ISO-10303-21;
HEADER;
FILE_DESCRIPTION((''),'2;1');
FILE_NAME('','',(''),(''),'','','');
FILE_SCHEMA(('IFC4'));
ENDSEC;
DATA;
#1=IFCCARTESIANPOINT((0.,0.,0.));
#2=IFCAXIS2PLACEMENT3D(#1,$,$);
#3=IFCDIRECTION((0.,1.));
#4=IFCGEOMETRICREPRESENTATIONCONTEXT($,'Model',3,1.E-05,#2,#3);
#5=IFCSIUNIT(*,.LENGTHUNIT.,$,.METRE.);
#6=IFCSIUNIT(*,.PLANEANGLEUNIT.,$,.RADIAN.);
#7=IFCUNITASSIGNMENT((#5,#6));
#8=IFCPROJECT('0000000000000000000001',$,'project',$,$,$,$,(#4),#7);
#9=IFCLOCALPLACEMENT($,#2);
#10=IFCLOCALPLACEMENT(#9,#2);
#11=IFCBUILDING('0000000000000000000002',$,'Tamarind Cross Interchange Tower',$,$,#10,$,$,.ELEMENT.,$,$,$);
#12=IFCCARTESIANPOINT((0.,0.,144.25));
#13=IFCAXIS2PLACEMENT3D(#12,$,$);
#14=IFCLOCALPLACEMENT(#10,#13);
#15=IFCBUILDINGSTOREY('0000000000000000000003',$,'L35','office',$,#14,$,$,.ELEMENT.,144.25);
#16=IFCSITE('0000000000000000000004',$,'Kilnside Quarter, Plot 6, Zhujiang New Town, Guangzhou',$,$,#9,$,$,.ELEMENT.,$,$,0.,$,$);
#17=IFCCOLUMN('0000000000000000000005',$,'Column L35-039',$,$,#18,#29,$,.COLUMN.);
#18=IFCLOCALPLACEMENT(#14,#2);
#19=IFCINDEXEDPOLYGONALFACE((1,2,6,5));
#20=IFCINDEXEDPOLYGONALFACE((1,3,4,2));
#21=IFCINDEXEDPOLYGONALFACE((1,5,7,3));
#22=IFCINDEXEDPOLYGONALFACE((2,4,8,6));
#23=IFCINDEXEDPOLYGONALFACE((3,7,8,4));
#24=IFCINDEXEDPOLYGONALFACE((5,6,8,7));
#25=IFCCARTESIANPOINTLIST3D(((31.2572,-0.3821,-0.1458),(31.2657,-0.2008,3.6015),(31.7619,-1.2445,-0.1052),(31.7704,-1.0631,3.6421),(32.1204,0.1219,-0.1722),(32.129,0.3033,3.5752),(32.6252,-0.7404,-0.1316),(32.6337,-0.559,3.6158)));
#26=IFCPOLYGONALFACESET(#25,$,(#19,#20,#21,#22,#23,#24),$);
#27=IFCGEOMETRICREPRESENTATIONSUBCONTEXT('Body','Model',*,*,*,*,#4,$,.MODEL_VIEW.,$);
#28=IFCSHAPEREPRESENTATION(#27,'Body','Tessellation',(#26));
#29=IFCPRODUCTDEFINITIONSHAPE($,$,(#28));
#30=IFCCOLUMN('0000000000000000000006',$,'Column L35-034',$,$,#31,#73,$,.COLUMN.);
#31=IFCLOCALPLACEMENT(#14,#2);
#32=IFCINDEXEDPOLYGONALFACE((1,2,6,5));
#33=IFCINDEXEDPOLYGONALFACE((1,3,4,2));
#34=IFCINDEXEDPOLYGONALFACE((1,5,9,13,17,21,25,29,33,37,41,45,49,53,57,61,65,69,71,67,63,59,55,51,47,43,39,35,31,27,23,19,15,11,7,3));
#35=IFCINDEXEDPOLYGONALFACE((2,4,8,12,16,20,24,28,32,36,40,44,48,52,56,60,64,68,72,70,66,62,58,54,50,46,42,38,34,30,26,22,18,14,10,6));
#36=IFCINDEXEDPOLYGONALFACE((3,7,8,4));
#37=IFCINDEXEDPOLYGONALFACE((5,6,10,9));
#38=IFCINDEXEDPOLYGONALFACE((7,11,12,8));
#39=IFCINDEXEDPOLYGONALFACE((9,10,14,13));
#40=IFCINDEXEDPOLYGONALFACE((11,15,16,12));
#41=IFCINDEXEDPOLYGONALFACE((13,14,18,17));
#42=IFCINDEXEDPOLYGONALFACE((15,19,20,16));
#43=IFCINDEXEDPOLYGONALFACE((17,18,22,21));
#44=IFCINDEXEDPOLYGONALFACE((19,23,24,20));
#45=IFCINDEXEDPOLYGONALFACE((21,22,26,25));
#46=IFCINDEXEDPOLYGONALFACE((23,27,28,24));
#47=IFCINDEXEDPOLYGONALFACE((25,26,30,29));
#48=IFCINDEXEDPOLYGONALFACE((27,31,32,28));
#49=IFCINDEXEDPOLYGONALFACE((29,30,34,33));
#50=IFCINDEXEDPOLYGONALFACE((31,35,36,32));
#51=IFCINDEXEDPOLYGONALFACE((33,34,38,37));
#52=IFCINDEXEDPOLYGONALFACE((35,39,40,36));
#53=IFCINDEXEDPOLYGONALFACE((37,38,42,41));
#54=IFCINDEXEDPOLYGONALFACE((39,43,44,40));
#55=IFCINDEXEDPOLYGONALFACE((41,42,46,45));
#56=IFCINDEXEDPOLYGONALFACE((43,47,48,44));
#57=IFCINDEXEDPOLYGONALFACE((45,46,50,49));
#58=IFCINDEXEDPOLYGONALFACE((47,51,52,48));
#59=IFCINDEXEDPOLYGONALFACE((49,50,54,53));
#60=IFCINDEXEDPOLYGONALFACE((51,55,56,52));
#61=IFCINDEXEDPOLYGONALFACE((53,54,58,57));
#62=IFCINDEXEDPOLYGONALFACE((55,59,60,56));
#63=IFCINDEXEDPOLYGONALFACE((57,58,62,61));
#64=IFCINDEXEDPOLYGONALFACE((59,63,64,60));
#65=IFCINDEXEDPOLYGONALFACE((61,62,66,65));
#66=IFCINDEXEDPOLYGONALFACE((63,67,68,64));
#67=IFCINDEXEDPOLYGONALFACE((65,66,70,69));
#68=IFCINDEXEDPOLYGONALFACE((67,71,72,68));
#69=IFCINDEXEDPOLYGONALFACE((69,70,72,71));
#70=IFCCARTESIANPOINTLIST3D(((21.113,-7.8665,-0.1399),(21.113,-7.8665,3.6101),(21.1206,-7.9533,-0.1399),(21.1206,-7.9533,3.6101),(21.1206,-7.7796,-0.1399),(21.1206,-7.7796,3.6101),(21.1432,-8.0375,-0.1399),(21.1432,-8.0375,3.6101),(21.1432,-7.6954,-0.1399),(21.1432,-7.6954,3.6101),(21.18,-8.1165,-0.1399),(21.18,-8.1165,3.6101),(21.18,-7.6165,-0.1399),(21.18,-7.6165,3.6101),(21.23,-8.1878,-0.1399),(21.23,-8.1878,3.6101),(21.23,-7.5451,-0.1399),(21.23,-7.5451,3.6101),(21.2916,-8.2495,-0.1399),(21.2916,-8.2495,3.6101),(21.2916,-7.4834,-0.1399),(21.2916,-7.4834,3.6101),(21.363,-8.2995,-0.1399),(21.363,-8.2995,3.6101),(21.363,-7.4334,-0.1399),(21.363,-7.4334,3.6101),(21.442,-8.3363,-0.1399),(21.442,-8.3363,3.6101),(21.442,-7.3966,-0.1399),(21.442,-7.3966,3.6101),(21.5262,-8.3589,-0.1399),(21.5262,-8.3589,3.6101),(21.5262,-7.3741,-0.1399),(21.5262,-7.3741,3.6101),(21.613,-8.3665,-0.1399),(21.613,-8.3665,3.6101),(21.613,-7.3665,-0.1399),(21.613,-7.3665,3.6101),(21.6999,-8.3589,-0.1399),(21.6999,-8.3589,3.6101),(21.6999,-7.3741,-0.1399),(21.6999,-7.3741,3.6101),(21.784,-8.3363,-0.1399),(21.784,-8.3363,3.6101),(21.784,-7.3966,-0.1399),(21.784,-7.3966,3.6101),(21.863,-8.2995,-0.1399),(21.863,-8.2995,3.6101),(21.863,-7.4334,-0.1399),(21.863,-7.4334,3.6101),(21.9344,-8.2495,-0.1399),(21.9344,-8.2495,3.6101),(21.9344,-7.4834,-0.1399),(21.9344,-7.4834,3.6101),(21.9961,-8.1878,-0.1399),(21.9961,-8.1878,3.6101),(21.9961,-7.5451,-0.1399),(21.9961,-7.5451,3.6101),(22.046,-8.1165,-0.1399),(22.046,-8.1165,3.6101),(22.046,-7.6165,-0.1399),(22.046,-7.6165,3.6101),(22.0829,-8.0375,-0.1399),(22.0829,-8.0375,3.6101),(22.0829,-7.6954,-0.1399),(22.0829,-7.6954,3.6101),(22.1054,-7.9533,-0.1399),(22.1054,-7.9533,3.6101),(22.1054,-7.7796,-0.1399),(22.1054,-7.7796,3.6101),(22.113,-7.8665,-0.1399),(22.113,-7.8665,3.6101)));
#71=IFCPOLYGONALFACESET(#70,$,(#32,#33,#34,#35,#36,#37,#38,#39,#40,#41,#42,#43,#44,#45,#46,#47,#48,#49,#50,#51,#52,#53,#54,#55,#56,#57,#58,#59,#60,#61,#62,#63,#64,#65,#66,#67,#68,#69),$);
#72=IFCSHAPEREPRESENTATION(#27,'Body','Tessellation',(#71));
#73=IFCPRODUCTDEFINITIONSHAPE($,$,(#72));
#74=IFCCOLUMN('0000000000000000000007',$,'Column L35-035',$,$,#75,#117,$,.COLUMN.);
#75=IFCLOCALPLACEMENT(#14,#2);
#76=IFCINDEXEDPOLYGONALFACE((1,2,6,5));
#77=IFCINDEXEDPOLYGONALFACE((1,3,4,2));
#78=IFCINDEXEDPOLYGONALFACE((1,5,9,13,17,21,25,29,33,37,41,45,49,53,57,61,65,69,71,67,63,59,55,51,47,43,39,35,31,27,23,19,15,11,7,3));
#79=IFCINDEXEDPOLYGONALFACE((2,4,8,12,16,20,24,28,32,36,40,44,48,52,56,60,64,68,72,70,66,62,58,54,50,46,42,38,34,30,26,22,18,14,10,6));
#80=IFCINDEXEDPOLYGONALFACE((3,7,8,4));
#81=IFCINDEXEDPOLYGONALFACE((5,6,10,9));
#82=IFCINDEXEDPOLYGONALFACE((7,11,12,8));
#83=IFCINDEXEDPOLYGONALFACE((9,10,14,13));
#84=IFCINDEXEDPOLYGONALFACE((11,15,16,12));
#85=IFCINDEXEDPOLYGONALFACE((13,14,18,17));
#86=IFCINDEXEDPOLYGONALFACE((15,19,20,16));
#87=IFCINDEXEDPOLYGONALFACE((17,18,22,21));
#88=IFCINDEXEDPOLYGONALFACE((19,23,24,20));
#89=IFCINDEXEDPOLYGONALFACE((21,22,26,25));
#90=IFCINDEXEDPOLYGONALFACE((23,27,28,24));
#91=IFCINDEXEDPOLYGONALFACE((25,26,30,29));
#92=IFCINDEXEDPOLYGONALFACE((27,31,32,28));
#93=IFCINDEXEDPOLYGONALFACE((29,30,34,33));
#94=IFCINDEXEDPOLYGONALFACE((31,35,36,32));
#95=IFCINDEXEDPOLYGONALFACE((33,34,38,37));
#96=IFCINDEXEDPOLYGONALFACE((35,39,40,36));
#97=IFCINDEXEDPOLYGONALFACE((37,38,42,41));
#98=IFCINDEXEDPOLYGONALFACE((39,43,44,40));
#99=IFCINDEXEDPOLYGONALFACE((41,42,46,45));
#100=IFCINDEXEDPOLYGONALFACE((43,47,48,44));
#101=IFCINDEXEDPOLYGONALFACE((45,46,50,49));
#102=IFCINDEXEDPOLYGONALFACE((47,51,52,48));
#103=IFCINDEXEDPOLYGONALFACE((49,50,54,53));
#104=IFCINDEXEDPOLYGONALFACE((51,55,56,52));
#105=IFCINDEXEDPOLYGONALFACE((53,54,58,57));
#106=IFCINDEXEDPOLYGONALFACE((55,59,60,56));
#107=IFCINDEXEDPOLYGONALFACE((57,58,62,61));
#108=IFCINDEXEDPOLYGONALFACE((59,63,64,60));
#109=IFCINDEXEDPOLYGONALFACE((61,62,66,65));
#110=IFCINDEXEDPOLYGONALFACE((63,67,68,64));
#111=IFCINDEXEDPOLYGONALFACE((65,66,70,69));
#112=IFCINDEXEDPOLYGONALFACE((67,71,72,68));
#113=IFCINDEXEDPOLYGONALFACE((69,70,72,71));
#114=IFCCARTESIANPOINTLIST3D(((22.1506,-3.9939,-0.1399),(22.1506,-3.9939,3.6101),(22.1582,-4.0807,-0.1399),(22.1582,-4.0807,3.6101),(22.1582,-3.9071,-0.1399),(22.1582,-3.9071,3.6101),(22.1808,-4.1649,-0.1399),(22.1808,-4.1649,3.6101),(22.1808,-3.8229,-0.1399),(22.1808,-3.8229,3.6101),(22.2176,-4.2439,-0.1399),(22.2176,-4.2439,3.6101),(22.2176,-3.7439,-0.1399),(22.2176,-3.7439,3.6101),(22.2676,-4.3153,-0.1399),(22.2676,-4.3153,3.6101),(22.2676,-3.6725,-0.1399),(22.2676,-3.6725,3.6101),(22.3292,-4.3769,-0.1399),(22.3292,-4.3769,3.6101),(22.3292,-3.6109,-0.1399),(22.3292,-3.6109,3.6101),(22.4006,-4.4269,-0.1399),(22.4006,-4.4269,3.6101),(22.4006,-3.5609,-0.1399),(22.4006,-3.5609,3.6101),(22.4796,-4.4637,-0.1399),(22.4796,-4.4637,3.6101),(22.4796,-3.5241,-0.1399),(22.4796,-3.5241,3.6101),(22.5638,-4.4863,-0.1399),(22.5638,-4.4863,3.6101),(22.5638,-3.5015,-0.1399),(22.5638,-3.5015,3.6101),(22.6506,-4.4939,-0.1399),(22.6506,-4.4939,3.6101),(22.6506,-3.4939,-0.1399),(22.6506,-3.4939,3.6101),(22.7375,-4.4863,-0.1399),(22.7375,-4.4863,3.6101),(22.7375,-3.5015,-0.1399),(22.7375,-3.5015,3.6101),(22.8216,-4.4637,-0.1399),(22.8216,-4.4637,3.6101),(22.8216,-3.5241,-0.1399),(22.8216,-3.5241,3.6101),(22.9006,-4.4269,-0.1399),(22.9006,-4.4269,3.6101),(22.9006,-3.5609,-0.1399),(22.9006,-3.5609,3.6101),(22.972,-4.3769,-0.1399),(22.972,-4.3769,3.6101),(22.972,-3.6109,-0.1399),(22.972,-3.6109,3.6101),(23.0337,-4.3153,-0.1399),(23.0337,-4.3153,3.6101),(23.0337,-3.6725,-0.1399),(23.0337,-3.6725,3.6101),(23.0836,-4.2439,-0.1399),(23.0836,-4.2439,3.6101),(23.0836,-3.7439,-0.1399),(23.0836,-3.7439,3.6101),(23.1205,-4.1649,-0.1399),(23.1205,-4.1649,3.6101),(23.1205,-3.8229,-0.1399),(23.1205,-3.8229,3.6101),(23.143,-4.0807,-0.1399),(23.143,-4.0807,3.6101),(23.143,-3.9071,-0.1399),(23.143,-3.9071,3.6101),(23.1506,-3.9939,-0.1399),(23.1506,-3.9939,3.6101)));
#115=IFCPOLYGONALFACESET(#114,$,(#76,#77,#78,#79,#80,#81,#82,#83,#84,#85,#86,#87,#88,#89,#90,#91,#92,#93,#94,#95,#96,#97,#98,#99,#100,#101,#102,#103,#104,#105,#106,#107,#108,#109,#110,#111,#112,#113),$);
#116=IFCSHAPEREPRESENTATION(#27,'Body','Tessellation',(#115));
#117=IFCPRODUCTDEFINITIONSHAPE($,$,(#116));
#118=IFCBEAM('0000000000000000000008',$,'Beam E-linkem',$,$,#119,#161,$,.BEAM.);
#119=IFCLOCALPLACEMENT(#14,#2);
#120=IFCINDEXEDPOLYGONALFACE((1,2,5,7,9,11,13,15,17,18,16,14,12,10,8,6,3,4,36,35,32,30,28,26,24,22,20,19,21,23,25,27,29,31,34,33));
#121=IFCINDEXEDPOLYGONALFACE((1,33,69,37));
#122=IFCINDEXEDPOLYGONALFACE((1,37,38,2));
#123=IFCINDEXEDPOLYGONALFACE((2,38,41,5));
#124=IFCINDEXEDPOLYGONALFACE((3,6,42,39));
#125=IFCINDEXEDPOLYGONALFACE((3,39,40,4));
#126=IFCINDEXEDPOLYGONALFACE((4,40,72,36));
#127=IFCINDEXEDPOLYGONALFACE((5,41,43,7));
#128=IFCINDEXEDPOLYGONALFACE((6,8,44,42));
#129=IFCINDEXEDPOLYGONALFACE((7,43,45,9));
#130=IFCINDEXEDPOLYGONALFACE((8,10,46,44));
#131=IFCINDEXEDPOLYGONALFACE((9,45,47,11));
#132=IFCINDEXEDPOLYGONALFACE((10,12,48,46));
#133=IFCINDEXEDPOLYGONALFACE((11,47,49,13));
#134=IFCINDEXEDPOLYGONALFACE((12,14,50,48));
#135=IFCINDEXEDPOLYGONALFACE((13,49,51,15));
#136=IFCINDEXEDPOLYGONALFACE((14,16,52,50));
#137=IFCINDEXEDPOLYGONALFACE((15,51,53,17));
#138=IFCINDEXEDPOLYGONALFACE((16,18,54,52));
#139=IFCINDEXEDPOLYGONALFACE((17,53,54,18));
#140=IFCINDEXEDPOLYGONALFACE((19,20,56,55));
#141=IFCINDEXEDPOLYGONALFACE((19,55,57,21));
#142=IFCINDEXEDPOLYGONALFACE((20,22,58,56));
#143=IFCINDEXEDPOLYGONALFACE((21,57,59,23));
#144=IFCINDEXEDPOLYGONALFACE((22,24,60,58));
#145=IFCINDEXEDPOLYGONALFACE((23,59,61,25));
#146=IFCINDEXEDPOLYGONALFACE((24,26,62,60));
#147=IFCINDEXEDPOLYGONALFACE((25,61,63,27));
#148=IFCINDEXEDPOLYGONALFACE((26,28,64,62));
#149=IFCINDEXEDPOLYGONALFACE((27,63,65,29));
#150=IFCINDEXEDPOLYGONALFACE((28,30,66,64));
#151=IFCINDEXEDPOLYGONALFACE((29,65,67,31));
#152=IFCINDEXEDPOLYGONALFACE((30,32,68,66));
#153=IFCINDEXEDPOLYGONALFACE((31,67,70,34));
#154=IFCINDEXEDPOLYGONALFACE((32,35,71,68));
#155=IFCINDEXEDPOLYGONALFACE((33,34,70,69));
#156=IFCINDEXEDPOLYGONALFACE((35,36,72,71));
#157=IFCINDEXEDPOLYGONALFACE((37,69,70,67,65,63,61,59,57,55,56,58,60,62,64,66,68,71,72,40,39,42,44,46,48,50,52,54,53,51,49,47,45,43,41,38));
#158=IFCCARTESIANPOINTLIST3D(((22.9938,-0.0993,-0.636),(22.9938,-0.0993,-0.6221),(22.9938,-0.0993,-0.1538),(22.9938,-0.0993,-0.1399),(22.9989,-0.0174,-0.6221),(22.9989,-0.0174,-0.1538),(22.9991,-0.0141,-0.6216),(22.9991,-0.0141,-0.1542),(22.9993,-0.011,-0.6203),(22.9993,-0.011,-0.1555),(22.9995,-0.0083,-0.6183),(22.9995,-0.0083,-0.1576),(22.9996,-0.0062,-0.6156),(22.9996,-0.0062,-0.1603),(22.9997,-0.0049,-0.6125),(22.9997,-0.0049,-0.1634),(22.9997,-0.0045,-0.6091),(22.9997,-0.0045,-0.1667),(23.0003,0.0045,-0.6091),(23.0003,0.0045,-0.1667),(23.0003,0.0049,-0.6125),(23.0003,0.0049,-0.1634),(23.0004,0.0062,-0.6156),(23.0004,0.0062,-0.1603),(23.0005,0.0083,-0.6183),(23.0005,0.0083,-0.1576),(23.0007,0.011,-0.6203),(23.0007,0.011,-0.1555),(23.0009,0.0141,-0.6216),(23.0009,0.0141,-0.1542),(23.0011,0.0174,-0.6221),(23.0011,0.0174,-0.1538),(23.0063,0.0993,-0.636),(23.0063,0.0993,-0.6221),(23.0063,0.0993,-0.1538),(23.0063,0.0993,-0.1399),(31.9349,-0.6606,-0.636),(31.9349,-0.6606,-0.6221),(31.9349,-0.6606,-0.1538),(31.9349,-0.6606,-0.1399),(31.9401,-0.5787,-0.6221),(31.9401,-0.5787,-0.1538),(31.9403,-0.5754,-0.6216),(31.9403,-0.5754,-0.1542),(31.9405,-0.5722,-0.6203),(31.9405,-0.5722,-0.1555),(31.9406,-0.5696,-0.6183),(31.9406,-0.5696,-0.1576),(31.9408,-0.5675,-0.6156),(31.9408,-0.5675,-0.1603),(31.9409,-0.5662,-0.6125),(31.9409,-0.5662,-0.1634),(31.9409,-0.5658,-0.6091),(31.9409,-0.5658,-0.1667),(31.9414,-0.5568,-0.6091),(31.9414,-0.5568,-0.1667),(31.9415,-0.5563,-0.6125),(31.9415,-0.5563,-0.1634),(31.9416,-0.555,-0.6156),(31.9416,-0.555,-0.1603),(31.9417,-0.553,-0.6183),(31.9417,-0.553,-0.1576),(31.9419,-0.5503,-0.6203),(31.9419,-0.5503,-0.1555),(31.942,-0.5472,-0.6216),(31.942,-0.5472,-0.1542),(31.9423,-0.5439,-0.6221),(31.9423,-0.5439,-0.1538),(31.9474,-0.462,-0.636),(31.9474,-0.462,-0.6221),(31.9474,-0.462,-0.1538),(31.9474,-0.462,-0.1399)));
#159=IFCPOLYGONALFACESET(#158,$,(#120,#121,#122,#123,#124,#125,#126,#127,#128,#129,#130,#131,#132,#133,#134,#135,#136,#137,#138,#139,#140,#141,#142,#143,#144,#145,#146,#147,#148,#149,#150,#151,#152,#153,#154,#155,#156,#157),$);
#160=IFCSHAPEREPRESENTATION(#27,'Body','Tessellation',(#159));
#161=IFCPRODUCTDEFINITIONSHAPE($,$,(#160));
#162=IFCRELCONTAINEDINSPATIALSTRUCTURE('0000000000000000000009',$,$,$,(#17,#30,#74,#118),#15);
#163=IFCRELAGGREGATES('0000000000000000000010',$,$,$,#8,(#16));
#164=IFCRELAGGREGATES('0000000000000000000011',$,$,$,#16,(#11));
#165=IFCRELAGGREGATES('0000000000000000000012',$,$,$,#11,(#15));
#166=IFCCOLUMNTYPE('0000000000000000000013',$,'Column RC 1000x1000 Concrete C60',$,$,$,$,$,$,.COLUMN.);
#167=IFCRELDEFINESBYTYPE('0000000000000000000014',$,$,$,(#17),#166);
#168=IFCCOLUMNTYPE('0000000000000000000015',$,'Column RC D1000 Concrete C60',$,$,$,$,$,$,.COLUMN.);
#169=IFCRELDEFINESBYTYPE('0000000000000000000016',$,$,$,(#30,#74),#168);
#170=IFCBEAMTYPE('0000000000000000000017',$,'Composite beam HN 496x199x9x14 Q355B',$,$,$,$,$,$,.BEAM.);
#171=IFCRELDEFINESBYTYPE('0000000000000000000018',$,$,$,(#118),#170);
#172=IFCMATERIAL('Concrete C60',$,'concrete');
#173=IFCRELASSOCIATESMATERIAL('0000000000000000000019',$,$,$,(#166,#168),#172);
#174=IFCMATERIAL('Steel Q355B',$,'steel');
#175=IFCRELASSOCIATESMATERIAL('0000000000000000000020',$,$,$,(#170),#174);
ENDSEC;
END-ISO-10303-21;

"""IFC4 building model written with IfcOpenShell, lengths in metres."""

from ifc_helpers import new_model, si_unit, direction, frame, origin, origin_2d, place, context, subcontext, project, spatial, rectangle, circle, i_section, extrude, material, material_profile, profile_set, type_object, element, save


model = new_model("IFC4")

# Units and contexts
model_context = context("Model", 3, precision=1e-05, world=origin(), true_north=direction((0.0, 1.0)))
body_context = subcontext(model_context, "Body", "Model", "MODEL_VIEW")
ifc_project = project(units=[si_unit("LENGTHUNIT", "METRE"), si_unit("PLANEANGLEUNIT", "RADIAN")], contexts=[model_context])

# Site, building, storey
site_placement = place(None, origin())
site = spatial("IfcSite", under=ifc_project, at=site_placement, Name="Kilnside Quarter, Plot 6, Zhujiang New Town, Guangzhou", CompositionType="ELEMENT", RefElevation=0.0)
building_placement = place(site_placement, origin())
building = spatial("IfcBuilding", under=site, at=building_placement, Name="Tamarind Cross Interchange Tower", CompositionType="ELEMENT")
storey_placement = place(building_placement, frame((0.0, 0.0, 144.25)))
storey = spatial("IfcBuildingStorey", under=building, at=storey_placement, Name="L35", Description="office", CompositionType="ELEMENT", Elevation=144.25)

# Columns
ifc_material_1 = material(Name="Concrete C60", Category="concrete")
ifc_material_profile_1 = material_profile(ifc_material_1, rectangle(XDim=1.0, YDim=1.0, at=origin_2d()), Name="RC 1000x1000")
ifc_profile_set_1 = profile_set([ifc_material_profile_1], Name="Concrete C60")
column_type_1 = type_object("IfcColumnType", Name="Column RC 1000x1000 Concrete C60", PredefinedType="COLUMN", material=ifc_profile_set_1)
column_placement = place(storey_placement, frame((31.9412, -0.5613, -0.1387), z_axis=(0.002278, 0.04835, 0.998828), x_axis=(-0.863268, -0.504057, 0.026368)))
element("IfcColumn", 1, at=column_placement, inside=storey, type_object=column_type_1, Name="Column L35-039", PredefinedType="COLUMN", context=body_context, shape_type="SweptSolid", body=[
    extrude(rectangle(XDim=1.0, YDim=1.0, at=origin_2d()), origin(), (0.0, 0.0, 1.0), 3.7517),
])
ifc_material_profile_2 = material_profile(ifc_material_1, circle(Radius=0.5, at=origin_2d()), Name="RC D1000")
ifc_profile_set_2 = profile_set([ifc_material_profile_2], Name="Concrete C60")
column_type_2 = type_object("IfcColumnType", Name="Column RC D1000 Concrete C60", PredefinedType="COLUMN", material=ifc_profile_set_2)
for number, where, z_axis, x_axis, name in (
    (2, (21.613, -7.8665, -0.1399), (0.0, 0.0, 1.0), (1.0, 0.0, 0.0), "Column L35-034"),
    (3, (22.6506, -3.9939, -0.1399), (0.0, 0.0, 1.0), (1.0, 0.0, 0.0), "Column L35-035"),
):
    element("IfcColumn", number, at=place(storey_placement, frame(where, z_axis=z_axis, x_axis=x_axis)), inside=storey, type_object=column_type_2, Name=name, PredefinedType="COLUMN", context=body_context, shape_type="SweptSolid", body=[
        extrude(circle(Radius=0.5, at=origin_2d()), origin(), (0.0, 0.0, 1.0), 3.75),
    ])

# Beam
ifc_material_2 = material(Name="Steel Q355B", Category="steel")
ifc_material_profile_3 = material_profile(ifc_material_2, i_section(OverallWidth=0.199, OverallDepth=0.4961, WebThickness=0.009, FlangeThickness=0.0139, FilletRadius=0.0129, at=origin_2d()), Name="HN 496x199x9x14")
ifc_profile_set_3 = profile_set([ifc_material_profile_3], Name="Steel Q355B")
beam_type_1 = type_object("IfcBeamType", Name="Composite beam HN 496x199x9x14 Q355B", PredefinedType="BEAM", material=ifc_profile_set_3)
beam_1_placement = place(storey_placement, frame((31.9412, -0.5613, -0.3879), z_axis=(-0.998035, 0.062651, 0.0), x_axis=(-0.062651, -0.998035, 0.0)))
element("IfcBeam", 4, at=beam_1_placement, inside=storey, type_object=beam_type_1, Name="Beam E-linkem", PredefinedType="BEAM", context=body_context, shape_type="SweptSolid", body=[
    extrude(i_section(OverallWidth=0.199, OverallDepth=0.4961, WebThickness=0.009, FlangeThickness=0.0139, FilletRadius=0.0129, at=origin_2d()), origin(), (0.0, 0.0, 1.0), 8.9587),
])

save(model, "model.ifc")
